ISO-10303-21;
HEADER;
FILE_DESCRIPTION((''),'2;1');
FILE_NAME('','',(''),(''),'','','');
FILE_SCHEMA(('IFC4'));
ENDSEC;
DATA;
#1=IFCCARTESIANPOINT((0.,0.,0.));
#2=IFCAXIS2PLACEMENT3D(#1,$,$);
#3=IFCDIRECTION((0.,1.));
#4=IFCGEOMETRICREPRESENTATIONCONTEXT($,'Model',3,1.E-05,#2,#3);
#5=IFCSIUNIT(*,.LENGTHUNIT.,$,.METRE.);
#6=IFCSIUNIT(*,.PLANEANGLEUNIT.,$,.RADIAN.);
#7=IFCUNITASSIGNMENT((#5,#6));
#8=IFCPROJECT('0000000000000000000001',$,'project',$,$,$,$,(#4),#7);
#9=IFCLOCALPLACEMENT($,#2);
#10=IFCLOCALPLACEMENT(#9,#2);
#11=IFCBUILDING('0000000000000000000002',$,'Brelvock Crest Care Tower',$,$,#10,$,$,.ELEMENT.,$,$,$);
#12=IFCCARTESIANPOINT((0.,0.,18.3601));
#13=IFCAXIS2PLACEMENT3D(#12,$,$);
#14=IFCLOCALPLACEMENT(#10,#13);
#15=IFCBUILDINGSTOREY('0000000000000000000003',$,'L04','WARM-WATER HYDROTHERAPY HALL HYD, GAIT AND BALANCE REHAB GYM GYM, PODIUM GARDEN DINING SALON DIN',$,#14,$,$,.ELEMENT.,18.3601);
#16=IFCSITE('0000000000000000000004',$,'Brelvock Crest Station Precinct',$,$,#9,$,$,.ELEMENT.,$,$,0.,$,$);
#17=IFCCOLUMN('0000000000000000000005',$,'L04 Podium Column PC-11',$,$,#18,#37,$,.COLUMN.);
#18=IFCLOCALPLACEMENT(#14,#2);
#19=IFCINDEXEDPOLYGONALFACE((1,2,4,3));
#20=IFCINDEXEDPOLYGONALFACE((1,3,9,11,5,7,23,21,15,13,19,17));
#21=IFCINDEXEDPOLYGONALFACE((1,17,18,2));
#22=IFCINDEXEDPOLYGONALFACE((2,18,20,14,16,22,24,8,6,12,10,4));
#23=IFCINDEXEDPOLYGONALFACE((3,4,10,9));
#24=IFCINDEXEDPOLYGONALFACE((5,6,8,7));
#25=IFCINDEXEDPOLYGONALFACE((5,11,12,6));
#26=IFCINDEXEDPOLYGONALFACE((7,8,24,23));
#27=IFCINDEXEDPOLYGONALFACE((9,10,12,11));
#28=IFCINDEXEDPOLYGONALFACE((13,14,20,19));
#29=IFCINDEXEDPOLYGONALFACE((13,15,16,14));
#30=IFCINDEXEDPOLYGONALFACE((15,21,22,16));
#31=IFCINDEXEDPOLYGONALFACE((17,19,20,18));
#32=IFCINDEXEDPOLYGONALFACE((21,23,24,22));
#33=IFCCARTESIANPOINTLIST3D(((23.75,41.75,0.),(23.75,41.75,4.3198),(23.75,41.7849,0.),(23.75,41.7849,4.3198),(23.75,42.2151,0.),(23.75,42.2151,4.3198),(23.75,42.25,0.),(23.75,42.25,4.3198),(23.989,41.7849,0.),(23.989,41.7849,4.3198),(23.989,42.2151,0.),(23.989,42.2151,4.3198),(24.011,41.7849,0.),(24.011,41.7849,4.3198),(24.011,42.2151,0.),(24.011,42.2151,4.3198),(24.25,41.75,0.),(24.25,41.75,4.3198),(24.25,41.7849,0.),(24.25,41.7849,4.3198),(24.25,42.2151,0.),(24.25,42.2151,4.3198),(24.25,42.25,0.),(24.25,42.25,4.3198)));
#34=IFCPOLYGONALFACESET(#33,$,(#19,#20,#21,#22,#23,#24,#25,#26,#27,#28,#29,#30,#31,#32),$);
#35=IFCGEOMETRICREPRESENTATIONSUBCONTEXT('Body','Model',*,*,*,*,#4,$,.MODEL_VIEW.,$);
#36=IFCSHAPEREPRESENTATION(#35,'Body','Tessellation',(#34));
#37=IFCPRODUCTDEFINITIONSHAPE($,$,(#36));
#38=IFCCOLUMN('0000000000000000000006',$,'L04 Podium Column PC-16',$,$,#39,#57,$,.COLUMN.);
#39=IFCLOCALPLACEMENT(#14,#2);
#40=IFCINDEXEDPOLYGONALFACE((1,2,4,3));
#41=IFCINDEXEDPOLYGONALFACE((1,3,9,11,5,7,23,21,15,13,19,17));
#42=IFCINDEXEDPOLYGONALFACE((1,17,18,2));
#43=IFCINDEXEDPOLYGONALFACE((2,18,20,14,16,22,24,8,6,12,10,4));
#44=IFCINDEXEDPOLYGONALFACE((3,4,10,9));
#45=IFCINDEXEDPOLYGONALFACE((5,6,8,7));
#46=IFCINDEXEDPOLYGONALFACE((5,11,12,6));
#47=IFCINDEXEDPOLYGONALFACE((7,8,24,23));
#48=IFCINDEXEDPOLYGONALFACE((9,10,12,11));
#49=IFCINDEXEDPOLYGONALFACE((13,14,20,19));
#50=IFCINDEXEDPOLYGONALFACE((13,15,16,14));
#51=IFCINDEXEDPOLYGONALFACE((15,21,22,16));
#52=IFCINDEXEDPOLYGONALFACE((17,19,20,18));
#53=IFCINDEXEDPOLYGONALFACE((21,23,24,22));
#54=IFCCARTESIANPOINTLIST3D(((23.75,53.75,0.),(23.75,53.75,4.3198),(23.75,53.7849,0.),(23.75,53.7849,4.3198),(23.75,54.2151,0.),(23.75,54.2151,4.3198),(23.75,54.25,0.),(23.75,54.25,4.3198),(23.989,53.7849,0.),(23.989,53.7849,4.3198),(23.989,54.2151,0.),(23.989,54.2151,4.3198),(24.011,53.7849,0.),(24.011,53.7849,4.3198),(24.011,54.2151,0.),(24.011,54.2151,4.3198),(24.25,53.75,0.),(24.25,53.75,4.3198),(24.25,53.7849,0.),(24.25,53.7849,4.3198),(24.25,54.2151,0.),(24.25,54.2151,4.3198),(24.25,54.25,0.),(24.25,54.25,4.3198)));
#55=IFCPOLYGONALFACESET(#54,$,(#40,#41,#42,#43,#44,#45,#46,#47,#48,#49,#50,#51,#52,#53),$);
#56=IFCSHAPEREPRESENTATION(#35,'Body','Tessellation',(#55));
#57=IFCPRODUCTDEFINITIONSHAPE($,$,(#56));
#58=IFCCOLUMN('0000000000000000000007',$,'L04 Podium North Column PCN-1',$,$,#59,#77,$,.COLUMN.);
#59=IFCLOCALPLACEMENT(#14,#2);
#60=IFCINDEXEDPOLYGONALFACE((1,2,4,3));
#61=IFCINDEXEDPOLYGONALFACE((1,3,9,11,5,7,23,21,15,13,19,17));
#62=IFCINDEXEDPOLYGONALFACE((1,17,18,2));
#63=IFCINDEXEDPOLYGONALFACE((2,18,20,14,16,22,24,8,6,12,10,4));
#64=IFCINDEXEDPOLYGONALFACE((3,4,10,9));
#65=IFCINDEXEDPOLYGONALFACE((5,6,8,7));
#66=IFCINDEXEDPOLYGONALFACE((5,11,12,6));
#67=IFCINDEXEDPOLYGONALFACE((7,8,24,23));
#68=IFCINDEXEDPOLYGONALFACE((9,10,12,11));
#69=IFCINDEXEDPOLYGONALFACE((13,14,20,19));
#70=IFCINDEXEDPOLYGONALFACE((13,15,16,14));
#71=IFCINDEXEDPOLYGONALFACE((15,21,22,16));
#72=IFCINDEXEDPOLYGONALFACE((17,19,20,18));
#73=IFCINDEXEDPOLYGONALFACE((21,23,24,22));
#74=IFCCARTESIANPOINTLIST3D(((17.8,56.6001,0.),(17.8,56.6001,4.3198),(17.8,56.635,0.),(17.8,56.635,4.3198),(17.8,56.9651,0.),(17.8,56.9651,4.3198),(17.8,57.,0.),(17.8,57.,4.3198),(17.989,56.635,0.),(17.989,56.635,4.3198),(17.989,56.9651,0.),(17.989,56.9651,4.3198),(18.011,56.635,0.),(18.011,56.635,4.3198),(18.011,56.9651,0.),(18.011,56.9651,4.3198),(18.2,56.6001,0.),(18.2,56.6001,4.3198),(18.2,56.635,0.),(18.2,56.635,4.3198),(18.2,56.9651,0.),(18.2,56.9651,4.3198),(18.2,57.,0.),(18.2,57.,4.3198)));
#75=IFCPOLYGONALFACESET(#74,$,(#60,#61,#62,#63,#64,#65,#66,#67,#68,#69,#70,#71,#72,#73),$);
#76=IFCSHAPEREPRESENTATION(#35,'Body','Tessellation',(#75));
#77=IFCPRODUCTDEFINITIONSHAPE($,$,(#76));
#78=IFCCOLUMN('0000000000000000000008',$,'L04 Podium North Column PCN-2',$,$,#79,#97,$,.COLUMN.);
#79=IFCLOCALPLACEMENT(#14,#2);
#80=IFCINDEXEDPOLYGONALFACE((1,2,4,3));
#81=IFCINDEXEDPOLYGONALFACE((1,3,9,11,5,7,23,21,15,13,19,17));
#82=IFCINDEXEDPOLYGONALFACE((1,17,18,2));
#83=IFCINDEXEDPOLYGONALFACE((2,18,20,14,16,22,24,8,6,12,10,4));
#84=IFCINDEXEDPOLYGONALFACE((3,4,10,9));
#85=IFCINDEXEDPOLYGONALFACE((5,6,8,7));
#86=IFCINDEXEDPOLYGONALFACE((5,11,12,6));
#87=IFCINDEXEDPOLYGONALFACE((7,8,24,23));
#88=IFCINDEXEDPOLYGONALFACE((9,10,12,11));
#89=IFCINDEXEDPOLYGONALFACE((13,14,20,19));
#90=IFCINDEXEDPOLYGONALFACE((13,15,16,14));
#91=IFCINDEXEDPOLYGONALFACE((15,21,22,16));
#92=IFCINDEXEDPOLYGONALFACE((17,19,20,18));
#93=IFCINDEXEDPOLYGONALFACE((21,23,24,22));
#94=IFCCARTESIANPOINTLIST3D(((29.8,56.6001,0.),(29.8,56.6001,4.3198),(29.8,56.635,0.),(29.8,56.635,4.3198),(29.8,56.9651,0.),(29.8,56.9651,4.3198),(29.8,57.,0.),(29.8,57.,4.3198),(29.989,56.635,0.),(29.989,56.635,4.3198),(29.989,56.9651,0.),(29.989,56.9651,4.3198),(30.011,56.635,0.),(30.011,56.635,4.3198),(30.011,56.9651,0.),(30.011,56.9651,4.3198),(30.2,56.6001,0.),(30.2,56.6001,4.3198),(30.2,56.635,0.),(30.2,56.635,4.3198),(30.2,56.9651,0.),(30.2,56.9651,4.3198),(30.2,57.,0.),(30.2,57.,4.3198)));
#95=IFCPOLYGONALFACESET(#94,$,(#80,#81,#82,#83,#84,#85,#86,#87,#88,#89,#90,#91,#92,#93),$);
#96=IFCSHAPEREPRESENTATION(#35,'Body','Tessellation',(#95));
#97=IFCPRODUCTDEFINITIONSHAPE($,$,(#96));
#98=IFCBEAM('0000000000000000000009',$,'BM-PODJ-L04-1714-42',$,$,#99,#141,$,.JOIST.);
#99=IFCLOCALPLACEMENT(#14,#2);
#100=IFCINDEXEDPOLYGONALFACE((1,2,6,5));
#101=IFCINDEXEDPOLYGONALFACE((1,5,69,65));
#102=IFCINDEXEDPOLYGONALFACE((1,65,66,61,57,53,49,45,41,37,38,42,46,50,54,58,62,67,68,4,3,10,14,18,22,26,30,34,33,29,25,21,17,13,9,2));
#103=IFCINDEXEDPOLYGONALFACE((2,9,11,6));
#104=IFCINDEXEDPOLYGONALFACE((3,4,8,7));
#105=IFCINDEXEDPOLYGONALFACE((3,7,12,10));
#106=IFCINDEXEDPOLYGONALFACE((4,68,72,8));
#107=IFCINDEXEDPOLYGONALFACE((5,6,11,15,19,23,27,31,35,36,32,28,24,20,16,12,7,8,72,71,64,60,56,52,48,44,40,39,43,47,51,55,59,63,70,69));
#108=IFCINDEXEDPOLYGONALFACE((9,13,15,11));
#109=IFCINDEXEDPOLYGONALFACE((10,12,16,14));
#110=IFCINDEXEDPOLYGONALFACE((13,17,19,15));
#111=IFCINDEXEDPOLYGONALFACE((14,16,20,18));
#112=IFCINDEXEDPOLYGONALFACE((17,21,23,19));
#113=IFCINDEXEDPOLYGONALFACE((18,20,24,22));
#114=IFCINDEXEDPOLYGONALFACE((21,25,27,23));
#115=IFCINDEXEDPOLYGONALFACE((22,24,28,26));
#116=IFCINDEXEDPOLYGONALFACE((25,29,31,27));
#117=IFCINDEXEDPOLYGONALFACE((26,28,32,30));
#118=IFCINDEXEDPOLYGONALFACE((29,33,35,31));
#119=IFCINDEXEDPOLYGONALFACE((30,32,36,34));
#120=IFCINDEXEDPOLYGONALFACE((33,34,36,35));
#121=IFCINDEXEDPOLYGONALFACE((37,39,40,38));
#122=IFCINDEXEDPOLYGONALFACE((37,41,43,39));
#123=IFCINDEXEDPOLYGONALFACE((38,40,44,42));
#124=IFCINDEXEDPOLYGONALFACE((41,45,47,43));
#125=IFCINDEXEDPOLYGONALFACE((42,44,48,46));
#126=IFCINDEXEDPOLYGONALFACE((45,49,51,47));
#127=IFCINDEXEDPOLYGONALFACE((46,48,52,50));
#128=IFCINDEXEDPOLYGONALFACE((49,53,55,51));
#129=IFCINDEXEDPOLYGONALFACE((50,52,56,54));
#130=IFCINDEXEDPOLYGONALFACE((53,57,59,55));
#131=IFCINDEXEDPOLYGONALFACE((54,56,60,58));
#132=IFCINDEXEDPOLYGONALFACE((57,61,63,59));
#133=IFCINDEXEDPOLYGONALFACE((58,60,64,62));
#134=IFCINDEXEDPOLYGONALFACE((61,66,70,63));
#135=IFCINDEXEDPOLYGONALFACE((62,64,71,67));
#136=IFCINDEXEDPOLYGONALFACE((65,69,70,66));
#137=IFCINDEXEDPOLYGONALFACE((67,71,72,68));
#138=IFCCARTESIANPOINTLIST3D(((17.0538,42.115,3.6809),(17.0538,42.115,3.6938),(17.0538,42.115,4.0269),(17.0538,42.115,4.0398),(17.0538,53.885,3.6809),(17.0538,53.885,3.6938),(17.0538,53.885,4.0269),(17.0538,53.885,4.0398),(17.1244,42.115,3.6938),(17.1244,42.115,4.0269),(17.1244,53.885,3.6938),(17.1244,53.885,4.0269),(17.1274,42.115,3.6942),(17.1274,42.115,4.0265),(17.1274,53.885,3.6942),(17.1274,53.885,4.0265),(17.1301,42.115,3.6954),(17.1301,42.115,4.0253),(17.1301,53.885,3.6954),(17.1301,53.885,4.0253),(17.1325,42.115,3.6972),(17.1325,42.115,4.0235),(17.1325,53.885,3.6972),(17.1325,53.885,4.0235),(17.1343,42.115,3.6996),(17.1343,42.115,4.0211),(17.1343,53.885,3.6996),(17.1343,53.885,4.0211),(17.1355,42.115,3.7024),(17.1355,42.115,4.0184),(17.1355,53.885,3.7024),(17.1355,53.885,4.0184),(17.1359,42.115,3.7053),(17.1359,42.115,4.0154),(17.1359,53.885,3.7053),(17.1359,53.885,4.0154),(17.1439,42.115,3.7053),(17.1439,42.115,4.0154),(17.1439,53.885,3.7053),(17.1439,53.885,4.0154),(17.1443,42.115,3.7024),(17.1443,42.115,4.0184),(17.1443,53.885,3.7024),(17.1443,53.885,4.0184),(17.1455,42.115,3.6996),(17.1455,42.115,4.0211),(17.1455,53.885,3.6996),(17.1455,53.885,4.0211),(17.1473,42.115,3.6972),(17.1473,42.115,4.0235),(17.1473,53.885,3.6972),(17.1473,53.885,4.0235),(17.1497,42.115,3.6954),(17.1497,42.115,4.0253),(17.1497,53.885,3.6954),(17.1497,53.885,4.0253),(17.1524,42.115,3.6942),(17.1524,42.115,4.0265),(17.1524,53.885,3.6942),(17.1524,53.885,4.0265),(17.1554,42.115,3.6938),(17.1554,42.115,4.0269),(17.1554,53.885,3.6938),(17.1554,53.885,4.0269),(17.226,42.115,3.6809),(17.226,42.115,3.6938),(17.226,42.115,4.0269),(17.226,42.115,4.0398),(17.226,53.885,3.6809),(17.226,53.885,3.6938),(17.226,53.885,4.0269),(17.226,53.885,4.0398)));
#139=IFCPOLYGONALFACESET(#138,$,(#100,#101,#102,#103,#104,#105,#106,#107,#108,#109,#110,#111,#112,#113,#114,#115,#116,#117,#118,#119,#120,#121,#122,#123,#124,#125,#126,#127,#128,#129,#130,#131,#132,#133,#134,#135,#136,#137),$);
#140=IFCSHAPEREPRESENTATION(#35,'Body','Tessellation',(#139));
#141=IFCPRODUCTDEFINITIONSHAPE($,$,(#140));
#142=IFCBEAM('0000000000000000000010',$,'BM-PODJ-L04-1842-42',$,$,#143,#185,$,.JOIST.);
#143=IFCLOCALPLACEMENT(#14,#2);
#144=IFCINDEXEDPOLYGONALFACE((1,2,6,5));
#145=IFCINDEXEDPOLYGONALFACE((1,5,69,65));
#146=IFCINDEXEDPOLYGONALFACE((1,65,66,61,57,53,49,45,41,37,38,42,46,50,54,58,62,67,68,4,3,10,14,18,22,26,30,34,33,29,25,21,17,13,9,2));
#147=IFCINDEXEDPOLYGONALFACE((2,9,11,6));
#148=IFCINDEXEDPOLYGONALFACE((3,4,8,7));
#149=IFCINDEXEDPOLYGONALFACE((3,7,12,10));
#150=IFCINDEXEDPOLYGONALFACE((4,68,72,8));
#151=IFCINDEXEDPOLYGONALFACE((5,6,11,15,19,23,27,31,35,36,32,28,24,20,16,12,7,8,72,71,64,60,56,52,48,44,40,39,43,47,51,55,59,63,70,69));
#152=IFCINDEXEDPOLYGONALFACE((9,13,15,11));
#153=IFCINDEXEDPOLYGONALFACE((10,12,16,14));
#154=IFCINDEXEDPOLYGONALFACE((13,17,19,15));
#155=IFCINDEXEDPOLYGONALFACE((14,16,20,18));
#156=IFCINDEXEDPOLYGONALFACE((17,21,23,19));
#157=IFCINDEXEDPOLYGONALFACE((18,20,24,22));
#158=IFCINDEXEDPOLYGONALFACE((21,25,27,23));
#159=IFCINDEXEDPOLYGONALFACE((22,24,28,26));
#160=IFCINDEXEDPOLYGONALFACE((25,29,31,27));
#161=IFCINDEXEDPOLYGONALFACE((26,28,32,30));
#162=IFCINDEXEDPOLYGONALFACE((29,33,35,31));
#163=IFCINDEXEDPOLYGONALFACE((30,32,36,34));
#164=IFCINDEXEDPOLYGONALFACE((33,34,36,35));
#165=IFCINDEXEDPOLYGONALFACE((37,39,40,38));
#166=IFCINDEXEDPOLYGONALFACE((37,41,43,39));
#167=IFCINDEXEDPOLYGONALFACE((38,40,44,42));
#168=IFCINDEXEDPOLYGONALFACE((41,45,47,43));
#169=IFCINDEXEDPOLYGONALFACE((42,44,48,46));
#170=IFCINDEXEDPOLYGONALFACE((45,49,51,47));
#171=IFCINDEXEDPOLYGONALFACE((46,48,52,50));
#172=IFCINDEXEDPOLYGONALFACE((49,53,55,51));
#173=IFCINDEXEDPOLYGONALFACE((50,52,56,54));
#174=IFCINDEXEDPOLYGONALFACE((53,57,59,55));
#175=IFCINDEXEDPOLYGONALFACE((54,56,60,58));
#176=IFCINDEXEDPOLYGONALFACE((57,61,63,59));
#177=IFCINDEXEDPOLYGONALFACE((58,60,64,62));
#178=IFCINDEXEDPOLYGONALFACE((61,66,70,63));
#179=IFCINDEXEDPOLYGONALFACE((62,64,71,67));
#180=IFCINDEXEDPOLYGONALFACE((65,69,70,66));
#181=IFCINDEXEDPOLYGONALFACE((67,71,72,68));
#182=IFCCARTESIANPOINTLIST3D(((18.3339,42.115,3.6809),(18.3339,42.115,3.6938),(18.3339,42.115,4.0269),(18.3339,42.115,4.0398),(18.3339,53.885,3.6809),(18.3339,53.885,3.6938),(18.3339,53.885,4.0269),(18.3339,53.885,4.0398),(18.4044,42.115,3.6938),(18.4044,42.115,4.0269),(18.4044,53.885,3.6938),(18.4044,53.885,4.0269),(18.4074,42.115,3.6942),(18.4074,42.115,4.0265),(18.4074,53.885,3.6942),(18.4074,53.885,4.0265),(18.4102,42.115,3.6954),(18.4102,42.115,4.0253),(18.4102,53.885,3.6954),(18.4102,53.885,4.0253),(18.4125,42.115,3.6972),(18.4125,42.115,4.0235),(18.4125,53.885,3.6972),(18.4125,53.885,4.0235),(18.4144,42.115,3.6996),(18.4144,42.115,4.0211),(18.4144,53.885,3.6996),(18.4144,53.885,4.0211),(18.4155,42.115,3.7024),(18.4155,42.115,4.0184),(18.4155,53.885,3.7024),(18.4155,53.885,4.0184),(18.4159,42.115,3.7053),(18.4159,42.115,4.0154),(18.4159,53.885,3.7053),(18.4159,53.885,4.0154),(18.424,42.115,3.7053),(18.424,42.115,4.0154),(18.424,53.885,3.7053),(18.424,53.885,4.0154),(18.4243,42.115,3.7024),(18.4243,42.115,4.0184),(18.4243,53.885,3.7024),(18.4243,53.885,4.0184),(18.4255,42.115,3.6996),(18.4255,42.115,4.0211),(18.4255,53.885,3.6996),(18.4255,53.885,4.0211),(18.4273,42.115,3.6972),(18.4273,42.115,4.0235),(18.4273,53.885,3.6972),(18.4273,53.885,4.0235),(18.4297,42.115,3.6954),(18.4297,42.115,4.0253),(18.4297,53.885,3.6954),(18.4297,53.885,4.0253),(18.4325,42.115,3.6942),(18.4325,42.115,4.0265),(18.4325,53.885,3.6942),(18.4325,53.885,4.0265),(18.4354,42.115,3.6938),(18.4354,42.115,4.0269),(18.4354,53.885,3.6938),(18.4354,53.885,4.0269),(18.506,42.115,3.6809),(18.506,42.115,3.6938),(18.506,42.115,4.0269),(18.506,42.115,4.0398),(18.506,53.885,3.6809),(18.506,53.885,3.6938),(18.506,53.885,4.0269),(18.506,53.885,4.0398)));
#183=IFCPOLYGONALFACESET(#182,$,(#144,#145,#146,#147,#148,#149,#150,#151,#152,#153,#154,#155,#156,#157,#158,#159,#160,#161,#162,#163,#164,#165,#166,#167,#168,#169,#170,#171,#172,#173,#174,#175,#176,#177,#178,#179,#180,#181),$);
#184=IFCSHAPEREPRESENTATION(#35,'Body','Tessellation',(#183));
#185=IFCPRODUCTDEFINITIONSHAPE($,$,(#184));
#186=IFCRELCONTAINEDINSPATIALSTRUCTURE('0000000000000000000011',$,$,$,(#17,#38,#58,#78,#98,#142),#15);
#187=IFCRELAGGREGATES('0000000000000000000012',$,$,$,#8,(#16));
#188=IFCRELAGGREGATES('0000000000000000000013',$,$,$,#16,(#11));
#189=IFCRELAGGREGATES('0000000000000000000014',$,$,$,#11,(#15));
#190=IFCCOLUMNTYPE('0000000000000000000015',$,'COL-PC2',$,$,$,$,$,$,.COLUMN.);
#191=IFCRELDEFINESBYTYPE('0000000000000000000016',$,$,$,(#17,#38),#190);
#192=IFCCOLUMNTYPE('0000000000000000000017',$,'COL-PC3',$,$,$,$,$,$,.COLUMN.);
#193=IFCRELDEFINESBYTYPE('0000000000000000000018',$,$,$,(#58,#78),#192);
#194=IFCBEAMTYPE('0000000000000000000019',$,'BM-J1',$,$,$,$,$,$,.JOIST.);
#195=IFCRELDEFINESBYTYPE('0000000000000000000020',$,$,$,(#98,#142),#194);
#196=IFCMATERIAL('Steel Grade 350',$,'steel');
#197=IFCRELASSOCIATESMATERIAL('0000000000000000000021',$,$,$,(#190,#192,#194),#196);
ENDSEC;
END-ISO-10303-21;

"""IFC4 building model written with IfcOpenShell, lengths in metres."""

from ifc_helpers import new_model, si_unit, direction, frame, origin, origin_2d, place, context, subcontext, project, spatial, i_section, extrude, source, transform, mapped, material, material_profile, profile_set, type_object, element, save


model = new_model("IFC4")

# Units and contexts
model_context = context("Model", 3, precision=1e-05, world=origin(), true_north=direction((0.0, 1.0)))
body_context = subcontext(model_context, "Body", "Model", "MODEL_VIEW")
ifc_project = project(units=[si_unit("LENGTHUNIT", "METRE"), si_unit("PLANEANGLEUNIT", "RADIAN")], contexts=[model_context])

# Site, building, storey
site_placement = place(None, origin())
site = spatial("IfcSite", under=ifc_project, at=site_placement, Name="Brelvock Crest Station Precinct", CompositionType="ELEMENT", RefElevation=0.0)
building_placement = place(site_placement, origin())
building = spatial("IfcBuilding", under=site, at=building_placement, Name="Brelvock Crest Care Tower", CompositionType="ELEMENT")
storey_placement = place(building_placement, frame((0.0, 0.0, 18.3601)))
storey = spatial("IfcBuildingStorey", under=building, at=storey_placement, Name="L04", Description="WARM-WATER HYDROTHERAPY HALL HYD, GAIT AND BALANCE REHAB GYM GYM, PODIUM GARDEN DINING SALON DIN", CompositionType="ELEMENT", Elevation=18.3601)

# Columns
ifc_material_1 = material(Name="Steel Grade 350", Category="steel")
ifc_material_profile_1 = material_profile(ifc_material_1, i_section(OverallWidth=0.5, OverallDepth=0.5, WebThickness=0.022, FlangeThickness=0.0349, at=origin_2d()), Name="500WC340")
ifc_profile_set_1 = profile_set([ifc_material_profile_1], Name="Steel Grade 350")
column_type_1 = type_object("IfcColumnType", Name="COL-PC2", PredefinedType="COLUMN", material=ifc_profile_set_1)
shared_shape_1 = source(origin(), body_context, "Body", "SweptSolid", [
    extrude(i_section(OverallWidth=0.5, OverallDepth=0.5, WebThickness=0.022, FlangeThickness=0.0349, at=origin_2d()), origin(), (0.0, 0.0, 1.0), 4.3198),
])
for number, where, z_axis, x_axis, name in (
    (1, (24.0, 42.0, 0.0), (0.0, 0.0, 1.0), (1.0, 0.0, 0.0), "L04 Podium Column PC-11"),
    (2, (24.0, 54.0, 0.0), (0.0, 0.0, 1.0), (1.0, 0.0, 0.0), "L04 Podium Column PC-16"),
):
    element("IfcColumn", number, at=place(storey_placement, frame(where, z_axis=z_axis, x_axis=x_axis)), inside=storey, type_object=column_type_1, Name=name, PredefinedType="COLUMN", context=body_context, shape_type="MappedRepresentation", body=[
        mapped(shared_shape_1, transform((0.0, 0.0, 0.0), x_axis=(1.0, 0.0, 0.0), y_axis=(0.0, 1.0, 0.0), z_axis=(0.0, 0.0, 1.0), scale=1.0)),
    ])
ifc_material_profile_2 = material_profile(ifc_material_1, i_section(OverallWidth=0.3999, OverallDepth=0.3999, WebThickness=0.022, FlangeThickness=0.0349, at=origin_2d()), Name="400WC270")
ifc_profile_set_2 = profile_set([ifc_material_profile_2], Name="Steel Grade 350")
column_type_2 = type_object("IfcColumnType", Name="COL-PC3", PredefinedType="COLUMN", material=ifc_profile_set_2)
shared_shape_2 = source(origin(), body_context, "Body", "SweptSolid", [
    extrude(i_section(OverallWidth=0.3999, OverallDepth=0.3999, WebThickness=0.022, FlangeThickness=0.0349, at=origin_2d()), origin(), (0.0, 0.0, 1.0), 4.3198),
])
for number, where, z_axis, x_axis, name in (
    (3, (18.0, 56.8, 0.0), (0.0, 0.0, 1.0), (1.0, 0.0, 0.0), "L04 Podium North Column PCN-1"),
    (4, (30.0, 56.8, 0.0), (0.0, 0.0, 1.0), (1.0, 0.0, 0.0), "L04 Podium North Column PCN-2"),
):
    element("IfcColumn", number, at=place(storey_placement, frame(where, z_axis=z_axis, x_axis=x_axis)), inside=storey, type_object=column_type_2, Name=name, PredefinedType="COLUMN", context=body_context, shape_type="MappedRepresentation", body=[
        mapped(shared_shape_2, transform((0.0, 0.0, 0.0), x_axis=(1.0, 0.0, 0.0), y_axis=(0.0, 1.0, 0.0), z_axis=(0.0, 0.0, 1.0), scale=1.0)),
    ])

# Beams
ifc_material_profile_3 = material_profile(ifc_material_1, i_section(OverallWidth=0.1721, OverallDepth=0.3589, WebThickness=0.0081, FlangeThickness=0.0129, FilletRadius=0.0115, at=origin_2d()), Name="360UB56.7")
ifc_profile_set_3 = profile_set([ifc_material_profile_3], Name="Steel Grade 350")
beam_type_1 = type_object("IfcBeamType", Name="BM-J1", PredefinedType="JOIST", material=ifc_profile_set_3)
shared_shape_3 = source(origin(), body_context, "Body", "SweptSolid", [
    extrude(i_section(OverallWidth=0.1721, OverallDepth=0.3589, WebThickness=0.0081, FlangeThickness=0.0129, FilletRadius=0.0115, at=origin_2d()), origin(), (0.0, 0.0, 1.0), 11.77),
])
for number, where, z_axis, x_axis, name in (
    (5, (17.1399, 42.115, 3.8604), (0.0, 1.0, 0.0), (-1.0, 0.0, 0.0), "BM-PODJ-L04-1714-42"),
    (6, (18.4199, 42.115, 3.8604), (0.0, 1.0, 0.0), (-1.0, 0.0, 0.0), "BM-PODJ-L04-1842-42"),
):
    element("IfcBeam", number, at=place(storey_placement, frame(where, z_axis=z_axis, x_axis=x_axis)), inside=storey, type_object=beam_type_1, Name=name, PredefinedType="JOIST", context=body_context, shape_type="MappedRepresentation", body=[
        mapped(shared_shape_3, transform((0.0, 0.0, 0.0), x_axis=(1.0, 0.0, 0.0), y_axis=(0.0, 1.0, 0.0), z_axis=(0.0, 0.0, 1.0), scale=1.0)),
    ])

save(model, "model.ifc")
